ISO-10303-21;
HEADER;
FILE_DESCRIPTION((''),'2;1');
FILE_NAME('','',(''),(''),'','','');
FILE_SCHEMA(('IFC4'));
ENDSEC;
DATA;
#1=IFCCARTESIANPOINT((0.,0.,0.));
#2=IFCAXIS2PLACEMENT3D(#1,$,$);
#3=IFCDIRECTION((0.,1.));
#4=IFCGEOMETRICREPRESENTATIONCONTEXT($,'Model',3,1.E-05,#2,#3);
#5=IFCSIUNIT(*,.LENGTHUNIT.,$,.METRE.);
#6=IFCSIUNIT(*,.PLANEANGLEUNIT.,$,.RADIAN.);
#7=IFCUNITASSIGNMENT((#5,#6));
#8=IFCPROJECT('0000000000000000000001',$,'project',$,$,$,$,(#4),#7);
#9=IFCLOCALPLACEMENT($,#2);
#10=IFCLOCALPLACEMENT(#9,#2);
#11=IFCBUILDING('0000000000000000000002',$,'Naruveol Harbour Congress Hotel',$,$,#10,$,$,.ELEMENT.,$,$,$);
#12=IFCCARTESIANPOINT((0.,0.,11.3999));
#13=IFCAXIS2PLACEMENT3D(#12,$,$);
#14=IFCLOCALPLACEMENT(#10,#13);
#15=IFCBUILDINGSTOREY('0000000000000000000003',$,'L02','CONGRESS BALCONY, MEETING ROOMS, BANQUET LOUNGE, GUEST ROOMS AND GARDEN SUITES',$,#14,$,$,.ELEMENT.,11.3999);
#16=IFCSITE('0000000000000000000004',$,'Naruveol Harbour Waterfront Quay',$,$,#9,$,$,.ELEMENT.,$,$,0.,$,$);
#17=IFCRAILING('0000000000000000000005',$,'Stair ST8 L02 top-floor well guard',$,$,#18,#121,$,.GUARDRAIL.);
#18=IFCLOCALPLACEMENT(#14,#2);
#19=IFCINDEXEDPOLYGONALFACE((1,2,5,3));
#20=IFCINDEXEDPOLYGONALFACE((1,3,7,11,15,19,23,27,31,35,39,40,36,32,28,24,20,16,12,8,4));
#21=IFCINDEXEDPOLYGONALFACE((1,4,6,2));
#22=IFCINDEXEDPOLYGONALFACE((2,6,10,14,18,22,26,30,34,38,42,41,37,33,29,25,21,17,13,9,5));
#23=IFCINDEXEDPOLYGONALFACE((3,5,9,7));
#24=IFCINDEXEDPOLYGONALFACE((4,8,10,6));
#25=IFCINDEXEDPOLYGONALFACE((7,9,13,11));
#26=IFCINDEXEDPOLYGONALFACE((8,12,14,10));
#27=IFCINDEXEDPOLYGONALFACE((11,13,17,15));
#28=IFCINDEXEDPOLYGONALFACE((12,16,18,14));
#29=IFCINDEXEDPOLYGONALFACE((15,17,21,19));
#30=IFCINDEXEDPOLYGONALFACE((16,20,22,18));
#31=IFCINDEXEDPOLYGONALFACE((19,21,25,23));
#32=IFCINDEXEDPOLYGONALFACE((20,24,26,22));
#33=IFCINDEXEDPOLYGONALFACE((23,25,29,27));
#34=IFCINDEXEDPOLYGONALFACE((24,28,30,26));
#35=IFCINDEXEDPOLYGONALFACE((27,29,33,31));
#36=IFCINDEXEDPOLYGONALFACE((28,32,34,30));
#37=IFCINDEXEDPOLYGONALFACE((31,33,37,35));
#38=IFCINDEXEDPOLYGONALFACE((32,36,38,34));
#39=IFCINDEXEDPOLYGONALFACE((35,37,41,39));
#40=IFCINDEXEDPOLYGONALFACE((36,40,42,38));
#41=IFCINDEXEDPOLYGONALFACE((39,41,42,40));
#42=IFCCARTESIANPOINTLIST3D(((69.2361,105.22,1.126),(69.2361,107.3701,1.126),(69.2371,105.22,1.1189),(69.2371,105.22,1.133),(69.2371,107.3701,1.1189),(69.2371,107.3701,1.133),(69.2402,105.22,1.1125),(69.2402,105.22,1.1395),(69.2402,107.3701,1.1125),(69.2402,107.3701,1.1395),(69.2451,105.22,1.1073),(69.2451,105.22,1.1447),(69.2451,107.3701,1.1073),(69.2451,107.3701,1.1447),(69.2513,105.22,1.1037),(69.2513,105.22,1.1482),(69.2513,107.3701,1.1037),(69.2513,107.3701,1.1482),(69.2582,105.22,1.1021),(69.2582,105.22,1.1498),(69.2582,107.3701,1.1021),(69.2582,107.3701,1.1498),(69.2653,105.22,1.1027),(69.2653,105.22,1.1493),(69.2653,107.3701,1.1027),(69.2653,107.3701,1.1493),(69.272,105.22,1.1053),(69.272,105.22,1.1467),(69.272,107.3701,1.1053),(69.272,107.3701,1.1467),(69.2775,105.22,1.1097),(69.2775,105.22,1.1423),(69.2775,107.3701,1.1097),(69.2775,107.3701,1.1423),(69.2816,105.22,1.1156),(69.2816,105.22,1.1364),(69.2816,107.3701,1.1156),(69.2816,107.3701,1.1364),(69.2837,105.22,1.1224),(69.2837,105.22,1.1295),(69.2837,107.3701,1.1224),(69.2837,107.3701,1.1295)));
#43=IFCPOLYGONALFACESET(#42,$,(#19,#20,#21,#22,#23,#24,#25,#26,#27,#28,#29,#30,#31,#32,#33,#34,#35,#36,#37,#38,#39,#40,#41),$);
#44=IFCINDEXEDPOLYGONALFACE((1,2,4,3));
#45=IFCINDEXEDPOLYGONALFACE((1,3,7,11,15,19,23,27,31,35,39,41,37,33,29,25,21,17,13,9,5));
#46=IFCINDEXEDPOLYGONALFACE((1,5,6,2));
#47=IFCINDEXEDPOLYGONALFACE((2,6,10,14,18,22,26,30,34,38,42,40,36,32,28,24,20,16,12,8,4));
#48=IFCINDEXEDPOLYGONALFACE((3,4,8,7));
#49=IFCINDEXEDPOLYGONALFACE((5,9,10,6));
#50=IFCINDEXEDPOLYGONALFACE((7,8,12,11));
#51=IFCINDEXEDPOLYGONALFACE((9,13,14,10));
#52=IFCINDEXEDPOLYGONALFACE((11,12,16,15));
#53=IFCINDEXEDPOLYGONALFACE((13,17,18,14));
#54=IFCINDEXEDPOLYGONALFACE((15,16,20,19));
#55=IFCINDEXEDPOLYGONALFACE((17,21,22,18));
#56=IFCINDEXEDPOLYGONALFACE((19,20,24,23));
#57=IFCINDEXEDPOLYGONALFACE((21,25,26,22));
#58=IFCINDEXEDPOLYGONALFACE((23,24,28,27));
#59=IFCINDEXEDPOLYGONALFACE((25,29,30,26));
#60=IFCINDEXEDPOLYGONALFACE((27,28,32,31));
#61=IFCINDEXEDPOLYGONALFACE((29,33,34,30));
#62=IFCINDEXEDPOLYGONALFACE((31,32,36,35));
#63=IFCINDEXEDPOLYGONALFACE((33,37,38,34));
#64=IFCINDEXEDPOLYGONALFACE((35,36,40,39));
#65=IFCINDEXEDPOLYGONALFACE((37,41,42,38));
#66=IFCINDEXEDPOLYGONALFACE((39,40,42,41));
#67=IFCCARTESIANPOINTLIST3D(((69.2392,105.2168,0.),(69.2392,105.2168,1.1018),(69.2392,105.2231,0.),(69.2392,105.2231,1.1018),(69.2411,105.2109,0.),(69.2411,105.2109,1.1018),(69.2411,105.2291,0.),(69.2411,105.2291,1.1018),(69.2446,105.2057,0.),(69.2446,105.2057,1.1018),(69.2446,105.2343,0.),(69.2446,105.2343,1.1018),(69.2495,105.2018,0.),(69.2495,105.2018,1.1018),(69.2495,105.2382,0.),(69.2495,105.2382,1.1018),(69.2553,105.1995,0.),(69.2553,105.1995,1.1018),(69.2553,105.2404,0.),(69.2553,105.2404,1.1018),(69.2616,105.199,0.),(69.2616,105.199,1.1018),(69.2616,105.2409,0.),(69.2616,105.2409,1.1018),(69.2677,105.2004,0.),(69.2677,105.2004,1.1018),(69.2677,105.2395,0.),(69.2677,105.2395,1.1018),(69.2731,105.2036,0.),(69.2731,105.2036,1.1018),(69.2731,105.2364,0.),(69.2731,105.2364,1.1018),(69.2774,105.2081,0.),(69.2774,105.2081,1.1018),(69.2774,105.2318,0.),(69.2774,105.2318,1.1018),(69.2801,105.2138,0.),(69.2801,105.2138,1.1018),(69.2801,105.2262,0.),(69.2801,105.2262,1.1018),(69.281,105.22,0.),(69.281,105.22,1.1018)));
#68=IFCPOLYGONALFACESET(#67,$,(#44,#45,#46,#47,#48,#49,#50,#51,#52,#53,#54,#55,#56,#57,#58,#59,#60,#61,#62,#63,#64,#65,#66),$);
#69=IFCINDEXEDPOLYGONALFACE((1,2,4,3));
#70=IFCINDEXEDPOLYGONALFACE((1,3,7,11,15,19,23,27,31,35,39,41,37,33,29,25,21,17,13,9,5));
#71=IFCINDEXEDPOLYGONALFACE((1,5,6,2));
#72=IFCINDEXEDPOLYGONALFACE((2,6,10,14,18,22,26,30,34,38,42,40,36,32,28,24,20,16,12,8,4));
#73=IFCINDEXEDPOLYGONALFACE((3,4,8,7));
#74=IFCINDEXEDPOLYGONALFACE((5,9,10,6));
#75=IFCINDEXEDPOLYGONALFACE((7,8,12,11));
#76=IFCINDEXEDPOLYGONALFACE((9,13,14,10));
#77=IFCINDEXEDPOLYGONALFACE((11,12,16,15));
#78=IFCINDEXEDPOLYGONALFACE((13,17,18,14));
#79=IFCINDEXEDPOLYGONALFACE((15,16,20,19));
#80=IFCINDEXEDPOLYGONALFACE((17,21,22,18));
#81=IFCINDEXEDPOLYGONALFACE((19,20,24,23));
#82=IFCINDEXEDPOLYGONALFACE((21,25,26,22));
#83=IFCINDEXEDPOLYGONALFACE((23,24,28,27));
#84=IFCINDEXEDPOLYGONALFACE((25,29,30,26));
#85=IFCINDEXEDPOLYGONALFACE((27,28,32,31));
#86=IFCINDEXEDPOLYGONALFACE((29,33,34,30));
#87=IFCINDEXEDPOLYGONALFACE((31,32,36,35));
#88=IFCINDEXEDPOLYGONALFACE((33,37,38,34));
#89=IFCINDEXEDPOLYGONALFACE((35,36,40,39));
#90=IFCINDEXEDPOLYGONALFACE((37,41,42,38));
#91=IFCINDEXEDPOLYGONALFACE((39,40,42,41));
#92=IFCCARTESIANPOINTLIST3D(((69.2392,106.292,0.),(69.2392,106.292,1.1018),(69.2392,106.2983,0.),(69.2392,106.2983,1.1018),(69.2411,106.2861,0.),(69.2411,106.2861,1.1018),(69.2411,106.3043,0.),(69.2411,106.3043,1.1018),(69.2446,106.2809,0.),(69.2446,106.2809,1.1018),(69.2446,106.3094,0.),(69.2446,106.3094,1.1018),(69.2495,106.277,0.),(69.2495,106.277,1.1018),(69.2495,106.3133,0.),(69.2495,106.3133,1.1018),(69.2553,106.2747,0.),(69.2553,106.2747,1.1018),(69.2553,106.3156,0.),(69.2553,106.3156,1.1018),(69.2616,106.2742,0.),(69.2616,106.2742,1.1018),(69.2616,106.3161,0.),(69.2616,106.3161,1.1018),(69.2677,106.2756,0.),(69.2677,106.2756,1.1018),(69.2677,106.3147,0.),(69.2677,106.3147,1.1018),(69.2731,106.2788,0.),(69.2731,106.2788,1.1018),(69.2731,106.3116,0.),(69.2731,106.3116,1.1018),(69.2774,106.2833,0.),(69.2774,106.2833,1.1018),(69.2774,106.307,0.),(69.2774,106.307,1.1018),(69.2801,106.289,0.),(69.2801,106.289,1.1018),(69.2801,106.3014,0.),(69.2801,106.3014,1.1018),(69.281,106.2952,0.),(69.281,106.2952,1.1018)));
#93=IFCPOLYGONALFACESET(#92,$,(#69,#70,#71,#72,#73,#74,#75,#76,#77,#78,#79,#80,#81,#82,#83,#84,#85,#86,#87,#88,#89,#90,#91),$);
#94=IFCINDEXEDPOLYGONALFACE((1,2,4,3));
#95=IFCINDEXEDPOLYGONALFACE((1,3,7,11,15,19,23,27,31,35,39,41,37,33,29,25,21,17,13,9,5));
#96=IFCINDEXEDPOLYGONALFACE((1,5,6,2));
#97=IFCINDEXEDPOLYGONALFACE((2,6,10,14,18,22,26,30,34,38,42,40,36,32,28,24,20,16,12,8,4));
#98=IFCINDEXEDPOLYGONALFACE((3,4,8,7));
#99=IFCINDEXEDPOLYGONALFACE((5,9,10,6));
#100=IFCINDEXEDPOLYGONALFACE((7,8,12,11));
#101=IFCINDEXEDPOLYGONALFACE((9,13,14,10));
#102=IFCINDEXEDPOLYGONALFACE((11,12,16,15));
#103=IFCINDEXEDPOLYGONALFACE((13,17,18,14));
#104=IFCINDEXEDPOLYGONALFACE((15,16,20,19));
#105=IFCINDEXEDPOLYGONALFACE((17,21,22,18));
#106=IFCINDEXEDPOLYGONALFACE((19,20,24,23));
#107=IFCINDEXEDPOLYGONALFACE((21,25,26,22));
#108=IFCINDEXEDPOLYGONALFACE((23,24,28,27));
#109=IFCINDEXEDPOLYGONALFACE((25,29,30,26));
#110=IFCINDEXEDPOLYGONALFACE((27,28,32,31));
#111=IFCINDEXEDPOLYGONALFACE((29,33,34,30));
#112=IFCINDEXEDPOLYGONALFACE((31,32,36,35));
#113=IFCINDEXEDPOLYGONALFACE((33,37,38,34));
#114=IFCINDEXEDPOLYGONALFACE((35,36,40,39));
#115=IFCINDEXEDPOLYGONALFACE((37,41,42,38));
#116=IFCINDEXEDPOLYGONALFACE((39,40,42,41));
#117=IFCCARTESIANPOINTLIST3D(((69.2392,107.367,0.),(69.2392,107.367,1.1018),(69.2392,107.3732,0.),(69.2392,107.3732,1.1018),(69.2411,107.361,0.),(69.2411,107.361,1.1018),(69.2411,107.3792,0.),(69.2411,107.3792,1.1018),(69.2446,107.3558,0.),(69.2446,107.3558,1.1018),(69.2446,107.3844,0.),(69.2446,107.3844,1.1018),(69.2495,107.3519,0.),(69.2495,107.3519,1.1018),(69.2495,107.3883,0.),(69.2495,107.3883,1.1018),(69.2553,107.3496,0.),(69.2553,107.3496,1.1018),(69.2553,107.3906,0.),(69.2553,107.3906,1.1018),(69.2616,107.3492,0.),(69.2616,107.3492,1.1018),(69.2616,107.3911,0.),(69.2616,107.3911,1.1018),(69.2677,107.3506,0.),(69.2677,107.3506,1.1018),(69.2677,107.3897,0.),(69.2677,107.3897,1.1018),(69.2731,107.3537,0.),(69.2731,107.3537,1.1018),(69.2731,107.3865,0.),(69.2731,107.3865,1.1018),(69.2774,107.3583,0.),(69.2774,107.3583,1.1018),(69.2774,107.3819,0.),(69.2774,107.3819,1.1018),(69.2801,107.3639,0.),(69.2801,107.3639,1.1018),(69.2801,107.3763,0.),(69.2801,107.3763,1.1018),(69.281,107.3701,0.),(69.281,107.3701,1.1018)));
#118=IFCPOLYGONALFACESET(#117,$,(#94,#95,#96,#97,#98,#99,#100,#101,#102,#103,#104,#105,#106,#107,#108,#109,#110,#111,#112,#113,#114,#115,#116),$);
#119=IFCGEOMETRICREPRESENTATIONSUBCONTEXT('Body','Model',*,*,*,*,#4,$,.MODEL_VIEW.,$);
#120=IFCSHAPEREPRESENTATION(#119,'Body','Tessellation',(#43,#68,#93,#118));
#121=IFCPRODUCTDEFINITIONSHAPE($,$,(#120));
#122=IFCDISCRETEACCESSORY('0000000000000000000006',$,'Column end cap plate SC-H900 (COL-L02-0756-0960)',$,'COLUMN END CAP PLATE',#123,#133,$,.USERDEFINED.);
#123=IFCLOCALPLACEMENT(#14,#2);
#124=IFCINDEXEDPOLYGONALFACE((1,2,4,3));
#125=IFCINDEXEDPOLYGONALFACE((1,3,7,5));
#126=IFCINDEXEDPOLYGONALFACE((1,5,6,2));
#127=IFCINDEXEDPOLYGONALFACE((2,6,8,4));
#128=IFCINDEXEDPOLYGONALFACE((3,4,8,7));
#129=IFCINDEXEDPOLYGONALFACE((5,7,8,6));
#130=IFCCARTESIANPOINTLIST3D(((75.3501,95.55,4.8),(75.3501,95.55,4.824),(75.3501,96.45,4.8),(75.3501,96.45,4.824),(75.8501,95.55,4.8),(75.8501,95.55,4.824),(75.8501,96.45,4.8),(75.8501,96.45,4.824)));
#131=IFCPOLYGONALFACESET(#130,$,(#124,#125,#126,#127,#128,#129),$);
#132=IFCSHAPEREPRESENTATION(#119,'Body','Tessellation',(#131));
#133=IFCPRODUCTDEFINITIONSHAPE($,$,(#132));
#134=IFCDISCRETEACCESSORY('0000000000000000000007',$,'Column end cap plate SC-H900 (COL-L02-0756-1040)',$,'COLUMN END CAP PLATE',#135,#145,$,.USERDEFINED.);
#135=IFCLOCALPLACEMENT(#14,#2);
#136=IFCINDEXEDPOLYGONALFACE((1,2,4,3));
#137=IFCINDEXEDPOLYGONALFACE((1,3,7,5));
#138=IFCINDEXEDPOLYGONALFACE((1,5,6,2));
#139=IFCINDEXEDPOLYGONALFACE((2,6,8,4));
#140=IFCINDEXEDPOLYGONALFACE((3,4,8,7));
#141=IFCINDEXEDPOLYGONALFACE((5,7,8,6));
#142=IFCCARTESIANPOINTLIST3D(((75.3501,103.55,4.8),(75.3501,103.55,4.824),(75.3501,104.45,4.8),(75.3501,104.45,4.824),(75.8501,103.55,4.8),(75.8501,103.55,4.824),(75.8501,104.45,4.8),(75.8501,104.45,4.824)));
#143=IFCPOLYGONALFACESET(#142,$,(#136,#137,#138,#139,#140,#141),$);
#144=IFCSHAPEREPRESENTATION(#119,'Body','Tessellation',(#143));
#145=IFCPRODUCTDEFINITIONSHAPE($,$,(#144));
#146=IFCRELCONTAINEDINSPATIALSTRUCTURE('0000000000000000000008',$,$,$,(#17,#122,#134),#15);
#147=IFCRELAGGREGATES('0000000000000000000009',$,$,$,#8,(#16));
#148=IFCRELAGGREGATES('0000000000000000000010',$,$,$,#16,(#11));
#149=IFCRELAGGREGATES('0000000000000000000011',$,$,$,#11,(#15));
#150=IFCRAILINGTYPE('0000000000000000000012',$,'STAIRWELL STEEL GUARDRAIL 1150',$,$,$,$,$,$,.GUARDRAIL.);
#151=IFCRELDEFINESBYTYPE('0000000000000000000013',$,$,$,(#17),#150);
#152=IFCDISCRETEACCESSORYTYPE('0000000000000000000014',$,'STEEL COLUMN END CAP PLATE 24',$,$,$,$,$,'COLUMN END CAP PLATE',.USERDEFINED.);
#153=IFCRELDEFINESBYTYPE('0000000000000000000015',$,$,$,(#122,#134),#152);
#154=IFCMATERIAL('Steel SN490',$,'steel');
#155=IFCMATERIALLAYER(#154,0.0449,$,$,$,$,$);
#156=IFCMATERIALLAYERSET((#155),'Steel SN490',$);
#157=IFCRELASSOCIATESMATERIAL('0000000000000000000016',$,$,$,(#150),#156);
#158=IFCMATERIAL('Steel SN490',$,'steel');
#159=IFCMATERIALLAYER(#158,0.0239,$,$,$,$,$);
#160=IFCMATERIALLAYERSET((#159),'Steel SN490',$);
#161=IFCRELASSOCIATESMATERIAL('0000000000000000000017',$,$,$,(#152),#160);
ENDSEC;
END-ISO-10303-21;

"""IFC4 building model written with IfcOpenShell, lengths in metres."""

from ifc_helpers import new_model, si_unit, direction, frame, origin, origin_2d, place, context, subcontext, project, spatial, rectangle, circle, extrude, material, layer, layer_set, type_object, element, save


model = new_model("IFC4")

# Units and contexts
model_context = context("Model", 3, precision=1e-05, world=origin(), true_north=direction((0.0, 1.0)))
body_context = subcontext(model_context, "Body", "Model", "MODEL_VIEW")
ifc_project = project(units=[si_unit("LENGTHUNIT", "METRE"), si_unit("PLANEANGLEUNIT", "RADIAN")], contexts=[model_context])

# Site, building, storey
site_placement = place(None, origin())
site = spatial("IfcSite", under=ifc_project, at=site_placement, Name="Naruveol Harbour Waterfront Quay", CompositionType="ELEMENT", RefElevation=0.0)
building_placement = place(site_placement, origin())
building = spatial("IfcBuilding", under=site, at=building_placement, Name="Naruveol Harbour Congress Hotel", CompositionType="ELEMENT")
storey_placement = place(building_placement, frame((0.0, 0.0, 11.3999)))
storey = spatial("IfcBuildingStorey", under=building, at=storey_placement, Name="L02", Description="CONGRESS BALCONY, MEETING ROOMS, BANQUET LOUNGE, GUEST ROOMS AND GARDEN SUITES", CompositionType="ELEMENT", Elevation=11.3999)

# Railing
ifc_material_1 = material(Name="Steel SN490", Category="steel")
ifc_layer_1 = layer(ifc_material_1, 0.0449)
ifc_layer_set_1 = layer_set([ifc_layer_1], Name="Steel SN490")
railing_type_1 = type_object("IfcRailingType", Name="STAIRWELL STEEL GUARDRAIL 1150", PredefinedType="GUARDRAIL", material=ifc_layer_set_1)
railing_1_placement = place(storey_placement, frame((69.26, 105.22, 0.0)))
element("IfcRailing", 1, at=railing_1_placement, inside=storey, type_object=railing_type_1, Name="Stair ST8 L02 top-floor well guard", PredefinedType="GUARDRAIL", context=body_context, shape_type="SweptSolid", body=[
    extrude(circle(Radius=0.0239, at=origin_2d()), frame((0.0, 0.0, 1.126), z_axis=(0.0, 1.0, 0.0), x_axis=(-1.0, 0.0, 0.0)), (0.0, 0.0, 1.0), 2.1501),
    extrude(circle(Radius=0.021, at=origin_2d()), origin(), (0.0, 0.0, 1.0), 1.1018),
    extrude(circle(Radius=0.021, at=origin_2d()), frame((0.0, 1.0752, 0.0)), (0.0, 0.0, 1.0), 1.1018),
    extrude(circle(Radius=0.021, at=origin_2d()), frame((0.0, 2.1501, 0.0)), (0.0, 0.0, 1.0), 1.1018),
])

# Discrete accessories
ifc_material_2 = material(Name="Steel SN490", Category="steel")
ifc_layer_2 = layer(ifc_material_2, 0.0239)
ifc_layer_set_2 = layer_set([ifc_layer_2], Name="Steel SN490")
discrete_accessory_type = type_object("IfcDiscreteAccessoryType", Name="STEEL COLUMN END CAP PLATE 24", ElementType="COLUMN END CAP PLATE", PredefinedType="USERDEFINED", material=ifc_layer_set_2)
for number, where, z_axis, x_axis, name in (
    (2, (75.6001, 96.0, 4.8), (0.0, 0.0, 1.0), (1.0, 0.0, 0.0), "Column end cap plate SC-H900 (COL-L02-0756-0960)"),
    (3, (75.6001, 104.0, 4.8), (0.0, 0.0, 1.0), (1.0, 0.0, 0.0), "Column end cap plate SC-H900 (COL-L02-0756-1040)"),
):
    element("IfcDiscreteAccessory", number, at=place(storey_placement, frame(where, z_axis=z_axis, x_axis=x_axis)), inside=storey, type_object=discrete_accessory_type, Name=name, ObjectType="COLUMN END CAP PLATE", PredefinedType="USERDEFINED", context=body_context, shape_type="SweptSolid", body=[
        extrude(rectangle(XDim=0.5, YDim=0.8999, at=origin_2d()), origin(), (0.0, 0.0, 1.0), 0.0239),
    ])

save(model, "model.ifc")
